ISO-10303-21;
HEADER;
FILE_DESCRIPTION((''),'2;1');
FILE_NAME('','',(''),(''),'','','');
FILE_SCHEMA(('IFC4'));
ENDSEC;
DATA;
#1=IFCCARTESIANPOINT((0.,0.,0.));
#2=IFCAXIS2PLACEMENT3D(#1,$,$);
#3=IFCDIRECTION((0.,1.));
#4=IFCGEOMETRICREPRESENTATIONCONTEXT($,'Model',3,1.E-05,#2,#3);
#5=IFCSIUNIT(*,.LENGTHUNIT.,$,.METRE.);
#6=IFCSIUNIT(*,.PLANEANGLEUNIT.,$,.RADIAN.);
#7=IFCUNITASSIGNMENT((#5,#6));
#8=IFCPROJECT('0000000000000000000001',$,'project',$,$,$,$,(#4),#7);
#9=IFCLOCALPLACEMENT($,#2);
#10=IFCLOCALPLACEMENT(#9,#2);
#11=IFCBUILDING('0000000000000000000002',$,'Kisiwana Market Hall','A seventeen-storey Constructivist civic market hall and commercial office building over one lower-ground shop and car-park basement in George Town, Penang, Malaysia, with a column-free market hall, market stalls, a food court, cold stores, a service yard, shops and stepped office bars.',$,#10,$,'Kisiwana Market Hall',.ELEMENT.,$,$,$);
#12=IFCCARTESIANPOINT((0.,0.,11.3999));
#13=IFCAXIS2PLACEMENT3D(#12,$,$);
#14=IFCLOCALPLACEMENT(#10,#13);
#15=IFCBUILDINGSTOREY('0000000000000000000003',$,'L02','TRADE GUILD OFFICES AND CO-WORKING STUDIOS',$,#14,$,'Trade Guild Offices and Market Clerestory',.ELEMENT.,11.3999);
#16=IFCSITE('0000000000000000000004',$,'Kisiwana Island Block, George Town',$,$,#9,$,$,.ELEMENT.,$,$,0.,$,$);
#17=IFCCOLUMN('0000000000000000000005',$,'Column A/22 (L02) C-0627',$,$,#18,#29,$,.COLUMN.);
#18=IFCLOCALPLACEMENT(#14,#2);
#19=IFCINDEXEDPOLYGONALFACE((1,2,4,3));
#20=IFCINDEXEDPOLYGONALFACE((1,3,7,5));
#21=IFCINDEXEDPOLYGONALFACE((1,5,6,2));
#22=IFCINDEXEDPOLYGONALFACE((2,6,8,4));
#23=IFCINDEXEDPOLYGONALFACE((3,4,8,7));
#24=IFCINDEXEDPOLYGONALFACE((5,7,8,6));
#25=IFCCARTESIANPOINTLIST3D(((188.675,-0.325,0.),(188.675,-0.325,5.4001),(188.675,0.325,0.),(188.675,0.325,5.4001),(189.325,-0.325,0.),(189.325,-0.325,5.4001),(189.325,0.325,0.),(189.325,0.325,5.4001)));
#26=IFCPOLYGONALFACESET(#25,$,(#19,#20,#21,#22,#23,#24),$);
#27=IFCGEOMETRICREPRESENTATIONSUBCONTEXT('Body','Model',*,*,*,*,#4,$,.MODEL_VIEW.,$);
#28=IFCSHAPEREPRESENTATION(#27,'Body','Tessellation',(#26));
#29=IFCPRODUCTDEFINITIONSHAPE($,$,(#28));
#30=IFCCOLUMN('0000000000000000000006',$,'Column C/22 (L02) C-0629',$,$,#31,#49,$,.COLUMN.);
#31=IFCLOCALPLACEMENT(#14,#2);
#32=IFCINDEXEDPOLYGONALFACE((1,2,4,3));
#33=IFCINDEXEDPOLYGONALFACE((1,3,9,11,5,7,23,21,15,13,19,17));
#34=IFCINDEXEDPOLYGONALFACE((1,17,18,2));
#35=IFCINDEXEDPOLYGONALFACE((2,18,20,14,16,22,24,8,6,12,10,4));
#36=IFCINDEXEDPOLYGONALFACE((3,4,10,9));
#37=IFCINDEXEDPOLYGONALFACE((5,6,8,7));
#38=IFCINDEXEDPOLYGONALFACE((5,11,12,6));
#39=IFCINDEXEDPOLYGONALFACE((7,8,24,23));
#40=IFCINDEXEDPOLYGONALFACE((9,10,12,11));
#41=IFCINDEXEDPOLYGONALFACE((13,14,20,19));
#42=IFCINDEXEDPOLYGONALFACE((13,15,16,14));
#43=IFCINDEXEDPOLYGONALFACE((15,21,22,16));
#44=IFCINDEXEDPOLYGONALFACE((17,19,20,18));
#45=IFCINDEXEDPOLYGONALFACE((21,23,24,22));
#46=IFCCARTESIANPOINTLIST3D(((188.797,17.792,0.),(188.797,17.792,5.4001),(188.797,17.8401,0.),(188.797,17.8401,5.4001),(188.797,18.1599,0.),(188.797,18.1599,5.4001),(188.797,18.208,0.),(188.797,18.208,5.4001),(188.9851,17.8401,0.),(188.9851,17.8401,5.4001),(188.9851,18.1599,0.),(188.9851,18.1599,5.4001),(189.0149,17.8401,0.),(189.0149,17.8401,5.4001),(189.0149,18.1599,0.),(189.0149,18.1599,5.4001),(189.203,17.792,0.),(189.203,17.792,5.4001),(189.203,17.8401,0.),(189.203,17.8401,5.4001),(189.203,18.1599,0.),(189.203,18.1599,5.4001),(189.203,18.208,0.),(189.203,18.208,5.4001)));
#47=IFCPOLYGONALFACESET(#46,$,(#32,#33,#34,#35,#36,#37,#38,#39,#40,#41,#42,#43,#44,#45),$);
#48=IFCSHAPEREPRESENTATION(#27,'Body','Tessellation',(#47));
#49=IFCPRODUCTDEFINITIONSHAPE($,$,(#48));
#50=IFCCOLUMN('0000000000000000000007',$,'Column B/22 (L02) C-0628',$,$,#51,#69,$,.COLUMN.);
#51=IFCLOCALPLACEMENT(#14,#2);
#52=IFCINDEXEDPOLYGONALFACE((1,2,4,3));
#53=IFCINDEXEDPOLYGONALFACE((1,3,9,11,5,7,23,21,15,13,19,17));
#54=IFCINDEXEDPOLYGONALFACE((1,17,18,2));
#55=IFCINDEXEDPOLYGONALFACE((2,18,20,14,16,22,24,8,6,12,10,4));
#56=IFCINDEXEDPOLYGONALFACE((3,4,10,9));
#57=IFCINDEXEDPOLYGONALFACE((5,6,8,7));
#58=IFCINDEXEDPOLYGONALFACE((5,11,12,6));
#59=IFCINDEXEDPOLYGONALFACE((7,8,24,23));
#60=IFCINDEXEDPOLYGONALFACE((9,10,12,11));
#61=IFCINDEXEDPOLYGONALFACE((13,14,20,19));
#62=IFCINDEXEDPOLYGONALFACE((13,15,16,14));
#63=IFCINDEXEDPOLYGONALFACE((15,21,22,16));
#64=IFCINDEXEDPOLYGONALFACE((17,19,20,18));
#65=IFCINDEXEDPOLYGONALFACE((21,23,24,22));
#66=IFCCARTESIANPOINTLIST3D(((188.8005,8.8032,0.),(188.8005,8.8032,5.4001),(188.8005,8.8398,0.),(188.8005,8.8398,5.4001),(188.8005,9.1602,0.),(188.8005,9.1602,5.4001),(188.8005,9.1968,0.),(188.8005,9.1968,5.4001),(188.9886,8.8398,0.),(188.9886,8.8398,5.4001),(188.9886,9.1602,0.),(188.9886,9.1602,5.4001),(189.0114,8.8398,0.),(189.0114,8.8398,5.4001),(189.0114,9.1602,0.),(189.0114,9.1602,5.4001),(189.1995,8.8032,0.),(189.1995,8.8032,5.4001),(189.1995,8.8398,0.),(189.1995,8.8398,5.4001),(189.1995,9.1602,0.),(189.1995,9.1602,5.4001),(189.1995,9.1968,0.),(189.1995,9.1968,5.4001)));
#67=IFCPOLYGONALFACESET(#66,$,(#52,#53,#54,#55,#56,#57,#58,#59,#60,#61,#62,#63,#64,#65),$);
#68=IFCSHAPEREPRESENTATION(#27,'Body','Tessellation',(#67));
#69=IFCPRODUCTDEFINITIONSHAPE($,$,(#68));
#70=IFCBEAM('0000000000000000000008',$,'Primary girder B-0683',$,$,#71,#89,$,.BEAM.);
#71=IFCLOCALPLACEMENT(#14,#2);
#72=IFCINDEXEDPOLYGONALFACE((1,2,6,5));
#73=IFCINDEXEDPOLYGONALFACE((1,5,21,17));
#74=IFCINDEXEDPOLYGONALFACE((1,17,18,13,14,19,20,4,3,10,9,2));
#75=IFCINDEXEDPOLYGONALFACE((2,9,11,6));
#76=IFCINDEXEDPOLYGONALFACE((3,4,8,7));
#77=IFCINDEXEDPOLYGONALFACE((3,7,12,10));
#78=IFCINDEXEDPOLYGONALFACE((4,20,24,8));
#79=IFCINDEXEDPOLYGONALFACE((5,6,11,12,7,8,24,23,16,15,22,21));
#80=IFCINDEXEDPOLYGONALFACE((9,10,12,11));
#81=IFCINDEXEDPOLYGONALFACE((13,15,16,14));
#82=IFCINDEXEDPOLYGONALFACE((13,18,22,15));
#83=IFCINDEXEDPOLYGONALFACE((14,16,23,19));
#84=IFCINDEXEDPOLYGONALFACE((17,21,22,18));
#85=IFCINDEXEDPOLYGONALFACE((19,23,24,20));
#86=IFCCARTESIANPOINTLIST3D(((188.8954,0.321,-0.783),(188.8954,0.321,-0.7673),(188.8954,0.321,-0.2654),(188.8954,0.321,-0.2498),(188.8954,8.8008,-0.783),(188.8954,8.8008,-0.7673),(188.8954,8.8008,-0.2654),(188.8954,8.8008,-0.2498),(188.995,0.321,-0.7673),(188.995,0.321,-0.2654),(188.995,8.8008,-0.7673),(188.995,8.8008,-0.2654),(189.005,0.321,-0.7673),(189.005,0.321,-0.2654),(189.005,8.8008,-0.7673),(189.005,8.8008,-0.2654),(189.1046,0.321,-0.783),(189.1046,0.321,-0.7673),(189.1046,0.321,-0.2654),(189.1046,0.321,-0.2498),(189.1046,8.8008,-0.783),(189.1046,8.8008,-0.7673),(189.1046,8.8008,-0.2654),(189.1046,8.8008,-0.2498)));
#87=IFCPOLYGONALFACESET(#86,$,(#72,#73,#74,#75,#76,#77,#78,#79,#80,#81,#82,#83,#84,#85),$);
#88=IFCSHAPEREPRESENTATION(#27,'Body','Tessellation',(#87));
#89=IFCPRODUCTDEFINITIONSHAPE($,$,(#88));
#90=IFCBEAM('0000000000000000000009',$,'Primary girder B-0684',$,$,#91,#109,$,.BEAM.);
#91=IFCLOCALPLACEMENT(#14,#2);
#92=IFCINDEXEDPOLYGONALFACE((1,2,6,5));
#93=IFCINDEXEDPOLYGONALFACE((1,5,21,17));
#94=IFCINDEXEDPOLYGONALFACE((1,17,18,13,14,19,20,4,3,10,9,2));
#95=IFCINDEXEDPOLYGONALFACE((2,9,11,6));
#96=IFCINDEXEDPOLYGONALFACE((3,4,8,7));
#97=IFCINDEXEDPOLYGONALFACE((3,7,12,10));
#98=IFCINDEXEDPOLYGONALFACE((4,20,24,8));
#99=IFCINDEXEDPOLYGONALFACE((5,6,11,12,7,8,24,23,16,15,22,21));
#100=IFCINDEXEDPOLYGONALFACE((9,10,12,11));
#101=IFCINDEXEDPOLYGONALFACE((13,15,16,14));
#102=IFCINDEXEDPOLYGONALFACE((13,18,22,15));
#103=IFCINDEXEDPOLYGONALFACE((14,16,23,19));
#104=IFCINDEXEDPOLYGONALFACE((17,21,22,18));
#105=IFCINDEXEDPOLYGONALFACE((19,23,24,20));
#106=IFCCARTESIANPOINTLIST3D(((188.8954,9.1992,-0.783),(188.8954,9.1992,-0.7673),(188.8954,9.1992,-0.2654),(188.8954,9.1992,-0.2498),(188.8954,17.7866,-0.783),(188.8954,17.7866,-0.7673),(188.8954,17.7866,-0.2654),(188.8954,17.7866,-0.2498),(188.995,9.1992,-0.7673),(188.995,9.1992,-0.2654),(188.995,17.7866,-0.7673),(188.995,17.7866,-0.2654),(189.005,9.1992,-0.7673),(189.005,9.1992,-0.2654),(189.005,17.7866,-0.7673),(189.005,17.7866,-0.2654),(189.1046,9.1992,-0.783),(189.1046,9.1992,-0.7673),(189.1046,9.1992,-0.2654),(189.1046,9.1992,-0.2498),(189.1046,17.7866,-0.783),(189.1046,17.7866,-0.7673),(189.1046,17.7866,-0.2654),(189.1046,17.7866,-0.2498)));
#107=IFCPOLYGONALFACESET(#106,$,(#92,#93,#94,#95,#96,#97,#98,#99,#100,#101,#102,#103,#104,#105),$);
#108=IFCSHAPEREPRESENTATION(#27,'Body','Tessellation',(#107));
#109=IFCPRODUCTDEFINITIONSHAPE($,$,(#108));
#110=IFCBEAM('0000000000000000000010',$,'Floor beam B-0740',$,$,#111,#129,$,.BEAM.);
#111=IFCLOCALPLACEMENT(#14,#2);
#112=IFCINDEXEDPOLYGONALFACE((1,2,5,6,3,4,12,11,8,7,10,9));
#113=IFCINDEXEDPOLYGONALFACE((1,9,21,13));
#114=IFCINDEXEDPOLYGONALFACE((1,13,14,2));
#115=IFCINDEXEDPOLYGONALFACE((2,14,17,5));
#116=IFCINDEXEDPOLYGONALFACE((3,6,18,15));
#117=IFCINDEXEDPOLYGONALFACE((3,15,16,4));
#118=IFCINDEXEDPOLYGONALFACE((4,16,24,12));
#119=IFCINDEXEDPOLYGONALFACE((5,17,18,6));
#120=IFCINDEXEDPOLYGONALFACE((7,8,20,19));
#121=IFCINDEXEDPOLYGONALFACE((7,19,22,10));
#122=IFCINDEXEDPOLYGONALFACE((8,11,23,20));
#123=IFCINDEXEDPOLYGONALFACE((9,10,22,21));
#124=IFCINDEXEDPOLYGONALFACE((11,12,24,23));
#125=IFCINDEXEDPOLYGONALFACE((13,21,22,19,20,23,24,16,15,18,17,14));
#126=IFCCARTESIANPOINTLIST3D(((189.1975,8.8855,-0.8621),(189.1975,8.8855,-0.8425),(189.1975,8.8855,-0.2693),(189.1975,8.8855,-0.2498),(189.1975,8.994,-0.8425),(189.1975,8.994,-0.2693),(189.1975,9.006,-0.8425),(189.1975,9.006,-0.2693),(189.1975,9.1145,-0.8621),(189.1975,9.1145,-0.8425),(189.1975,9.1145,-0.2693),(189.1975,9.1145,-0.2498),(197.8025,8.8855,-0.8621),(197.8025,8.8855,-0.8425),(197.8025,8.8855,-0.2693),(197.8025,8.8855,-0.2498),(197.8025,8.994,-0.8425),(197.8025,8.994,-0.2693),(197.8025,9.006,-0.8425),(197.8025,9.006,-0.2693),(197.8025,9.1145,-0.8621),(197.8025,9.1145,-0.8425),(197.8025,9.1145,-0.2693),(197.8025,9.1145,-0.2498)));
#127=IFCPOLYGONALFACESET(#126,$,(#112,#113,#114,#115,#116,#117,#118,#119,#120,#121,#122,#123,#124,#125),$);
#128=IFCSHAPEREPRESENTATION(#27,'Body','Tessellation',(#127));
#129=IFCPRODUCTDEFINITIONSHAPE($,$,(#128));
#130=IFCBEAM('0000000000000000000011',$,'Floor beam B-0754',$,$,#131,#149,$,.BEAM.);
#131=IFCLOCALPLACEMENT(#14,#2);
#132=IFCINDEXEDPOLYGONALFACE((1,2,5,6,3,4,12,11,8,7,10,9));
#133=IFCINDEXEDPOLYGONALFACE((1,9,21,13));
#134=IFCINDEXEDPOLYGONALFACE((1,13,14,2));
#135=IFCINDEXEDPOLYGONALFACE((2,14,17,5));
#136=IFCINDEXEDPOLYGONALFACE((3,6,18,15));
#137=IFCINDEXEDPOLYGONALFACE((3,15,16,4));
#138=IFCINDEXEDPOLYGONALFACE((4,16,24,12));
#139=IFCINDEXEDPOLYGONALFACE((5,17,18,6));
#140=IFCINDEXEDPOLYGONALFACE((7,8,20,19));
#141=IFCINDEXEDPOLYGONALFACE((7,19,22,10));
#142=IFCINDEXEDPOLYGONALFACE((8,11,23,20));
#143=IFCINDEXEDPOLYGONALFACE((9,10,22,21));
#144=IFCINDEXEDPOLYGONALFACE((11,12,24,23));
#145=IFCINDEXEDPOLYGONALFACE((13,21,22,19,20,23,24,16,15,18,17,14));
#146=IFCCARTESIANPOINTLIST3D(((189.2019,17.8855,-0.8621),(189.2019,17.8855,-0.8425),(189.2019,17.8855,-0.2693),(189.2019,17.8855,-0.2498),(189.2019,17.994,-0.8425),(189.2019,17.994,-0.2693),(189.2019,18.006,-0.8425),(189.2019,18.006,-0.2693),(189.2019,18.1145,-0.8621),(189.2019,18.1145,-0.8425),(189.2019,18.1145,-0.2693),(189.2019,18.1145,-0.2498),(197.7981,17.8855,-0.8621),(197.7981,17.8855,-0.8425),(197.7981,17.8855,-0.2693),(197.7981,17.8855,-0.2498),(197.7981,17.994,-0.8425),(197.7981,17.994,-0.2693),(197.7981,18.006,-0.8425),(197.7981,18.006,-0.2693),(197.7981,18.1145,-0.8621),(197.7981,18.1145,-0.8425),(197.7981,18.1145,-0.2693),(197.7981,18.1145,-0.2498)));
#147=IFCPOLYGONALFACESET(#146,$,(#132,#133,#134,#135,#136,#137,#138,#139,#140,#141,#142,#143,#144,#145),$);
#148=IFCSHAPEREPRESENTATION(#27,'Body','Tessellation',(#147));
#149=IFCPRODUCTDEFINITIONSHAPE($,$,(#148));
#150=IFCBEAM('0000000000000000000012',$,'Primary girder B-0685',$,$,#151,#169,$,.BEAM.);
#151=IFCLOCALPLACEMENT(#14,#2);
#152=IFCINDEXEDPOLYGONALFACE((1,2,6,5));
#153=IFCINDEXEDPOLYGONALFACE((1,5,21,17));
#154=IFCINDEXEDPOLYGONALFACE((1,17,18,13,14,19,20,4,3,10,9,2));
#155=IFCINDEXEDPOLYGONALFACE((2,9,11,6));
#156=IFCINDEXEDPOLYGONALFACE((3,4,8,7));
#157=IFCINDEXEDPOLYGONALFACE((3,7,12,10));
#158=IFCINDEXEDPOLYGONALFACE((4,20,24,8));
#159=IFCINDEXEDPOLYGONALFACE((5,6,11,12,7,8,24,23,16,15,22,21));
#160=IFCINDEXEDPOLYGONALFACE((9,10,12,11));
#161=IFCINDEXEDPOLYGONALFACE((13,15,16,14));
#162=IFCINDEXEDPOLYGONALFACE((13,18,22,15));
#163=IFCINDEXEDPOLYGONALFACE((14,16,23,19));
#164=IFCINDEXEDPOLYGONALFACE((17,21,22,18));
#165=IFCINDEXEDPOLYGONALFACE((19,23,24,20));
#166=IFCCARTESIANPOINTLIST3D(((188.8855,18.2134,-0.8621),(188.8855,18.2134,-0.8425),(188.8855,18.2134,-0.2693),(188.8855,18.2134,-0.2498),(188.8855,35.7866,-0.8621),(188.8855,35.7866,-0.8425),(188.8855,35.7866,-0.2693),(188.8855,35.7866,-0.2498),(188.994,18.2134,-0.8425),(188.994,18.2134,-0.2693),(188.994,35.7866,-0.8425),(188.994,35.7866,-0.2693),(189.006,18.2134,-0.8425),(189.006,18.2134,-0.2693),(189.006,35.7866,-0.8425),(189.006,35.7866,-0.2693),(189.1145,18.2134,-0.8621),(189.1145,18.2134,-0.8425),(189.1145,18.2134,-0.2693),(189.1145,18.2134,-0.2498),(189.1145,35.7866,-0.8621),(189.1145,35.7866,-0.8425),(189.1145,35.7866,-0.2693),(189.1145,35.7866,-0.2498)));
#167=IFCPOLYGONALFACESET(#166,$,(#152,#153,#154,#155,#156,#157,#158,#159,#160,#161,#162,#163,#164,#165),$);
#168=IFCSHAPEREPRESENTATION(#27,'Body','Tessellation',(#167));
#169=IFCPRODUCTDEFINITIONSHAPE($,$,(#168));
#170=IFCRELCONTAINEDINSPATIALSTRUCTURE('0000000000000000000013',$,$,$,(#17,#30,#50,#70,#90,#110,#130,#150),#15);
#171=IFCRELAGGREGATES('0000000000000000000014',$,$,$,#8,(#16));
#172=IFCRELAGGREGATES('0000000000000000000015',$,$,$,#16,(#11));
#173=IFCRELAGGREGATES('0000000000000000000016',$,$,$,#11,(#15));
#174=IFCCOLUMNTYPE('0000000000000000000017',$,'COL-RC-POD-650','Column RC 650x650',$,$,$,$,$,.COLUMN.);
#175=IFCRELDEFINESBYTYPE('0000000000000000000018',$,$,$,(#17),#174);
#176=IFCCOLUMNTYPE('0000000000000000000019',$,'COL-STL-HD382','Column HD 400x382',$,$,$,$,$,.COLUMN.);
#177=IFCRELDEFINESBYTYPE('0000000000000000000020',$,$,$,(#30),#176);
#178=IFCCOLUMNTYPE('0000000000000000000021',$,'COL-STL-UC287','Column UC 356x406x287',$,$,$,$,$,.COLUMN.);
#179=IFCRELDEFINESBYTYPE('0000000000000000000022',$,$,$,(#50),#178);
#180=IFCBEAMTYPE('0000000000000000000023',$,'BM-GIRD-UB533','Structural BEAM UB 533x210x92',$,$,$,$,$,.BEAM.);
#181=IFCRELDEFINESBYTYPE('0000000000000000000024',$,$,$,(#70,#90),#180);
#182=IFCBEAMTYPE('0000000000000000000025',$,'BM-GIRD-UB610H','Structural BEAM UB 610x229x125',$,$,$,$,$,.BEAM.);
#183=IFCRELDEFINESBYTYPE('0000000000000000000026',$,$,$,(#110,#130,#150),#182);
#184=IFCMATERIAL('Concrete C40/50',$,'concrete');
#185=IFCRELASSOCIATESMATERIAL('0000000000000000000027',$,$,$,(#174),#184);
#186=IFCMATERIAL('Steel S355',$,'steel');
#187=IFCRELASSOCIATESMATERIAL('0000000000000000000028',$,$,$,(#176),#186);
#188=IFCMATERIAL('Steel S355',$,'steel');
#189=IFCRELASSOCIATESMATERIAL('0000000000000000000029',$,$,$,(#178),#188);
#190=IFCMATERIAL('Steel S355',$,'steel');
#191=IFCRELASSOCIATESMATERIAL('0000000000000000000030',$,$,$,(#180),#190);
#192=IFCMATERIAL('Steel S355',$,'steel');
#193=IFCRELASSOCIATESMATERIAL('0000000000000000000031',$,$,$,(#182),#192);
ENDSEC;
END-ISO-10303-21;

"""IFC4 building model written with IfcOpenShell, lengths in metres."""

from ifc_helpers import new_model, si_unit, direction, frame, origin, origin_2d, place, context, subcontext, project, spatial, rectangle, i_section, extrude, material, material_profile, profile_set, type_object, element, save


model = new_model("IFC4")

# Units and contexts
model_context = context("Model", 3, precision=1e-05, world=origin(), true_north=direction((0.0, 1.0)))
body_context = subcontext(model_context, "Body", "Model", "MODEL_VIEW")
ifc_project = project(units=[si_unit("LENGTHUNIT", "METRE"), si_unit("PLANEANGLEUNIT", "RADIAN")], contexts=[model_context])

# Site, building, storey
site_placement = place(None, origin())
site = spatial("IfcSite", under=ifc_project, at=site_placement, Name="Kisiwana Island Block, George Town", CompositionType="ELEMENT", RefElevation=0.0)
building_placement = place(site_placement, origin())
building = spatial("IfcBuilding", under=site, at=building_placement, Name="Kisiwana Market Hall", Description="A seventeen-storey Constructivist civic market hall and commercial office building over one lower-ground shop and car-park basement in George Town, Penang, Malaysia, with a column-free market hall, market stalls, a food court, cold stores, a service yard, shops and stepped office bars.", LongName="Kisiwana Market Hall", CompositionType="ELEMENT")
storey_placement = place(building_placement, frame((0.0, 0.0, 11.3999)))
storey = spatial("IfcBuildingStorey", under=building, at=storey_placement, Name="L02", Description="TRADE GUILD OFFICES AND CO-WORKING STUDIOS", LongName="Trade Guild Offices and Market Clerestory", CompositionType="ELEMENT", Elevation=11.3999)

# Columns
ifc_material_1 = material(Name="Concrete C40/50", Category="concrete")
ifc_material_profile_1 = material_profile(ifc_material_1, rectangle(XDim=0.6499, YDim=0.6499, at=origin_2d()), Name="RC 650x650")
ifc_profile_set_1 = profile_set([ifc_material_profile_1], Name="Concrete C40/50")
column_type_1 = type_object("IfcColumnType", Name="COL-RC-POD-650", Description="Column RC 650x650", PredefinedType="COLUMN", material=ifc_profile_set_1)
column_1_placement = place(storey_placement, frame((189.0, 0.0, 0.0), z_axis=(0.0, 0.0, 1.0), x_axis=(1.0, 0.0, 0.0)))
element("IfcColumn", 1, at=column_1_placement, inside=storey, type_object=column_type_1, Name="Column A/22 (L02) C-0627", PredefinedType="COLUMN", context=body_context, shape_type="SweptSolid", body=[
    extrude(rectangle(XDim=0.6499, YDim=0.6499, at=origin_2d()), origin(), (0.0, 0.0, 1.0), 5.4001),
])
ifc_material_2 = material(Name="Steel S355", Category="steel")
ifc_material_profile_2 = material_profile(ifc_material_2, i_section(OverallWidth=0.406, OverallDepth=0.416, WebThickness=0.0298, FlangeThickness=0.0481, at=origin_2d()), Name="HD 400x382")
ifc_profile_set_2 = profile_set([ifc_material_profile_2], Name="Steel S355")
column_type_2 = type_object("IfcColumnType", Name="COL-STL-HD382", Description="Column HD 400x382", PredefinedType="COLUMN", material=ifc_profile_set_2)
column_2_placement = place(storey_placement, frame((189.0, 18.0, 0.0), z_axis=(0.0, 0.0, 1.0), x_axis=(1.0, 0.0, 0.0)))
element("IfcColumn", 2, at=column_2_placement, inside=storey, type_object=column_type_2, Name="Column C/22 (L02) C-0629", PredefinedType="COLUMN", context=body_context, shape_type="SweptSolid", body=[
    extrude(i_section(OverallWidth=0.406, OverallDepth=0.416, WebThickness=0.0298, FlangeThickness=0.0481, at=origin_2d()), origin(), (0.0, 0.0, 1.0), 5.4001),
])
ifc_material_3 = material(Name="Steel S355", Category="steel")
ifc_material_profile_3 = material_profile(ifc_material_3, i_section(OverallWidth=0.3989, OverallDepth=0.3936, WebThickness=0.0227, FlangeThickness=0.0366, at=origin_2d()), Name="UC 356x406x287")
ifc_profile_set_3 = profile_set([ifc_material_profile_3], Name="Steel S355")
column_type_3 = type_object("IfcColumnType", Name="COL-STL-UC287", Description="Column UC 356x406x287", PredefinedType="COLUMN", material=ifc_profile_set_3)
column_3_placement = place(storey_placement, frame((189.0, 9.0, 0.0), z_axis=(0.0, 0.0, 1.0), x_axis=(1.0, 0.0, 0.0)))
element("IfcColumn", 3, at=column_3_placement, inside=storey, type_object=column_type_3, Name="Column B/22 (L02) C-0628", PredefinedType="COLUMN", context=body_context, shape_type="SweptSolid", body=[
    extrude(i_section(OverallWidth=0.3989, OverallDepth=0.3936, WebThickness=0.0227, FlangeThickness=0.0366, at=origin_2d()), origin(), (0.0, 0.0, 1.0), 5.4001),
])

# Beams
ifc_material_4 = material(Name="Steel S355", Category="steel")
ifc_material_profile_4 = material_profile(ifc_material_4, i_section(OverallWidth=0.2092, OverallDepth=0.5332, WebThickness=0.01, FlangeThickness=0.0156, at=origin_2d()), Name="UB 533x210x92")
ifc_profile_set_4 = profile_set([ifc_material_profile_4], Name="Steel S355")
beam_type_1 = type_object("IfcBeamType", Name="BM-GIRD-UB533", Description="Structural BEAM UB 533x210x92", PredefinedType="BEAM", material=ifc_profile_set_4)
beam_1_placement = place(storey_placement, frame((189.0, 0.321, -0.5164), z_axis=(0.0, 1.0, 0.0), x_axis=(-1.0, 0.0, 0.0)))
element("IfcBeam", 4, at=beam_1_placement, inside=storey, type_object=beam_type_1, Name="Primary girder B-0683", PredefinedType="BEAM", context=body_context, shape_type="SweptSolid", body=[
    extrude(i_section(OverallWidth=0.2092, OverallDepth=0.5332, WebThickness=0.01, FlangeThickness=0.0156, at=origin_2d()), origin(), (0.0, 0.0, 1.0), 8.4797),
])
beam_2_placement = place(storey_placement, frame((189.0, 9.1992, -0.5164), z_axis=(0.0, 1.0, 0.0), x_axis=(-1.0, 0.0, 0.0)))
element("IfcBeam", 5, at=beam_2_placement, inside=storey, type_object=beam_type_1, Name="Primary girder B-0684", PredefinedType="BEAM", context=body_context, shape_type="SweptSolid", body=[
    extrude(i_section(OverallWidth=0.2092, OverallDepth=0.5332, WebThickness=0.01, FlangeThickness=0.0156, at=origin_2d()), origin(), (0.0, 0.0, 1.0), 8.5874),
])
ifc_material_5 = material(Name="Steel S355", Category="steel")
ifc_material_profile_5 = material_profile(ifc_material_5, i_section(OverallWidth=0.229, OverallDepth=0.6123, WebThickness=0.012, FlangeThickness=0.0195, at=origin_2d()), Name="UB 610x229x125")
ifc_profile_set_5 = profile_set([ifc_material_profile_5], Name="Steel S355")
beam_type_2 = type_object("IfcBeamType", Name="BM-GIRD-UB610H", Description="Structural BEAM UB 610x229x125", PredefinedType="BEAM", material=ifc_profile_set_5)
beam_3_placement = place(storey_placement, frame((189.1975, 9.0, -0.5559), z_axis=(1.0, 0.0, 0.0), x_axis=(0.0, 1.0, 0.0)))
element("IfcBeam", 6, at=beam_3_placement, inside=storey, type_object=beam_type_2, Name="Floor beam B-0740", PredefinedType="BEAM", context=body_context, shape_type="SweptSolid", body=[
    extrude(i_section(OverallWidth=0.229, OverallDepth=0.6123, WebThickness=0.012, FlangeThickness=0.0195, at=origin_2d()), origin(), (0.0, 0.0, 1.0), 8.605),
])
beam_4_placement = place(storey_placement, frame((189.2019, 18.0, -0.5559), z_axis=(1.0, 0.0, 0.0), x_axis=(0.0, 1.0, 0.0)))
element("IfcBeam", 7, at=beam_4_placement, inside=storey, type_object=beam_type_2, Name="Floor beam B-0754", PredefinedType="BEAM", context=body_context, shape_type="SweptSolid", body=[
    extrude(i_section(OverallWidth=0.229, OverallDepth=0.6123, WebThickness=0.012, FlangeThickness=0.0195, at=origin_2d()), origin(), (0.0, 0.0, 1.0), 8.5962),
])
beam_5_placement = place(storey_placement, frame((189.0, 18.2134, -0.5559), z_axis=(0.0, 1.0, 0.0), x_axis=(-1.0, 0.0, 0.0)))
element("IfcBeam", 8, at=beam_5_placement, inside=storey, type_object=beam_type_2, Name="Primary girder B-0685", PredefinedType="BEAM", context=body_context, shape_type="SweptSolid", body=[
    extrude(i_section(OverallWidth=0.229, OverallDepth=0.6123, WebThickness=0.012, FlangeThickness=0.0195, at=origin_2d()), origin(), (0.0, 0.0, 1.0), 17.5732),
])

save(model, "model.ifc")
